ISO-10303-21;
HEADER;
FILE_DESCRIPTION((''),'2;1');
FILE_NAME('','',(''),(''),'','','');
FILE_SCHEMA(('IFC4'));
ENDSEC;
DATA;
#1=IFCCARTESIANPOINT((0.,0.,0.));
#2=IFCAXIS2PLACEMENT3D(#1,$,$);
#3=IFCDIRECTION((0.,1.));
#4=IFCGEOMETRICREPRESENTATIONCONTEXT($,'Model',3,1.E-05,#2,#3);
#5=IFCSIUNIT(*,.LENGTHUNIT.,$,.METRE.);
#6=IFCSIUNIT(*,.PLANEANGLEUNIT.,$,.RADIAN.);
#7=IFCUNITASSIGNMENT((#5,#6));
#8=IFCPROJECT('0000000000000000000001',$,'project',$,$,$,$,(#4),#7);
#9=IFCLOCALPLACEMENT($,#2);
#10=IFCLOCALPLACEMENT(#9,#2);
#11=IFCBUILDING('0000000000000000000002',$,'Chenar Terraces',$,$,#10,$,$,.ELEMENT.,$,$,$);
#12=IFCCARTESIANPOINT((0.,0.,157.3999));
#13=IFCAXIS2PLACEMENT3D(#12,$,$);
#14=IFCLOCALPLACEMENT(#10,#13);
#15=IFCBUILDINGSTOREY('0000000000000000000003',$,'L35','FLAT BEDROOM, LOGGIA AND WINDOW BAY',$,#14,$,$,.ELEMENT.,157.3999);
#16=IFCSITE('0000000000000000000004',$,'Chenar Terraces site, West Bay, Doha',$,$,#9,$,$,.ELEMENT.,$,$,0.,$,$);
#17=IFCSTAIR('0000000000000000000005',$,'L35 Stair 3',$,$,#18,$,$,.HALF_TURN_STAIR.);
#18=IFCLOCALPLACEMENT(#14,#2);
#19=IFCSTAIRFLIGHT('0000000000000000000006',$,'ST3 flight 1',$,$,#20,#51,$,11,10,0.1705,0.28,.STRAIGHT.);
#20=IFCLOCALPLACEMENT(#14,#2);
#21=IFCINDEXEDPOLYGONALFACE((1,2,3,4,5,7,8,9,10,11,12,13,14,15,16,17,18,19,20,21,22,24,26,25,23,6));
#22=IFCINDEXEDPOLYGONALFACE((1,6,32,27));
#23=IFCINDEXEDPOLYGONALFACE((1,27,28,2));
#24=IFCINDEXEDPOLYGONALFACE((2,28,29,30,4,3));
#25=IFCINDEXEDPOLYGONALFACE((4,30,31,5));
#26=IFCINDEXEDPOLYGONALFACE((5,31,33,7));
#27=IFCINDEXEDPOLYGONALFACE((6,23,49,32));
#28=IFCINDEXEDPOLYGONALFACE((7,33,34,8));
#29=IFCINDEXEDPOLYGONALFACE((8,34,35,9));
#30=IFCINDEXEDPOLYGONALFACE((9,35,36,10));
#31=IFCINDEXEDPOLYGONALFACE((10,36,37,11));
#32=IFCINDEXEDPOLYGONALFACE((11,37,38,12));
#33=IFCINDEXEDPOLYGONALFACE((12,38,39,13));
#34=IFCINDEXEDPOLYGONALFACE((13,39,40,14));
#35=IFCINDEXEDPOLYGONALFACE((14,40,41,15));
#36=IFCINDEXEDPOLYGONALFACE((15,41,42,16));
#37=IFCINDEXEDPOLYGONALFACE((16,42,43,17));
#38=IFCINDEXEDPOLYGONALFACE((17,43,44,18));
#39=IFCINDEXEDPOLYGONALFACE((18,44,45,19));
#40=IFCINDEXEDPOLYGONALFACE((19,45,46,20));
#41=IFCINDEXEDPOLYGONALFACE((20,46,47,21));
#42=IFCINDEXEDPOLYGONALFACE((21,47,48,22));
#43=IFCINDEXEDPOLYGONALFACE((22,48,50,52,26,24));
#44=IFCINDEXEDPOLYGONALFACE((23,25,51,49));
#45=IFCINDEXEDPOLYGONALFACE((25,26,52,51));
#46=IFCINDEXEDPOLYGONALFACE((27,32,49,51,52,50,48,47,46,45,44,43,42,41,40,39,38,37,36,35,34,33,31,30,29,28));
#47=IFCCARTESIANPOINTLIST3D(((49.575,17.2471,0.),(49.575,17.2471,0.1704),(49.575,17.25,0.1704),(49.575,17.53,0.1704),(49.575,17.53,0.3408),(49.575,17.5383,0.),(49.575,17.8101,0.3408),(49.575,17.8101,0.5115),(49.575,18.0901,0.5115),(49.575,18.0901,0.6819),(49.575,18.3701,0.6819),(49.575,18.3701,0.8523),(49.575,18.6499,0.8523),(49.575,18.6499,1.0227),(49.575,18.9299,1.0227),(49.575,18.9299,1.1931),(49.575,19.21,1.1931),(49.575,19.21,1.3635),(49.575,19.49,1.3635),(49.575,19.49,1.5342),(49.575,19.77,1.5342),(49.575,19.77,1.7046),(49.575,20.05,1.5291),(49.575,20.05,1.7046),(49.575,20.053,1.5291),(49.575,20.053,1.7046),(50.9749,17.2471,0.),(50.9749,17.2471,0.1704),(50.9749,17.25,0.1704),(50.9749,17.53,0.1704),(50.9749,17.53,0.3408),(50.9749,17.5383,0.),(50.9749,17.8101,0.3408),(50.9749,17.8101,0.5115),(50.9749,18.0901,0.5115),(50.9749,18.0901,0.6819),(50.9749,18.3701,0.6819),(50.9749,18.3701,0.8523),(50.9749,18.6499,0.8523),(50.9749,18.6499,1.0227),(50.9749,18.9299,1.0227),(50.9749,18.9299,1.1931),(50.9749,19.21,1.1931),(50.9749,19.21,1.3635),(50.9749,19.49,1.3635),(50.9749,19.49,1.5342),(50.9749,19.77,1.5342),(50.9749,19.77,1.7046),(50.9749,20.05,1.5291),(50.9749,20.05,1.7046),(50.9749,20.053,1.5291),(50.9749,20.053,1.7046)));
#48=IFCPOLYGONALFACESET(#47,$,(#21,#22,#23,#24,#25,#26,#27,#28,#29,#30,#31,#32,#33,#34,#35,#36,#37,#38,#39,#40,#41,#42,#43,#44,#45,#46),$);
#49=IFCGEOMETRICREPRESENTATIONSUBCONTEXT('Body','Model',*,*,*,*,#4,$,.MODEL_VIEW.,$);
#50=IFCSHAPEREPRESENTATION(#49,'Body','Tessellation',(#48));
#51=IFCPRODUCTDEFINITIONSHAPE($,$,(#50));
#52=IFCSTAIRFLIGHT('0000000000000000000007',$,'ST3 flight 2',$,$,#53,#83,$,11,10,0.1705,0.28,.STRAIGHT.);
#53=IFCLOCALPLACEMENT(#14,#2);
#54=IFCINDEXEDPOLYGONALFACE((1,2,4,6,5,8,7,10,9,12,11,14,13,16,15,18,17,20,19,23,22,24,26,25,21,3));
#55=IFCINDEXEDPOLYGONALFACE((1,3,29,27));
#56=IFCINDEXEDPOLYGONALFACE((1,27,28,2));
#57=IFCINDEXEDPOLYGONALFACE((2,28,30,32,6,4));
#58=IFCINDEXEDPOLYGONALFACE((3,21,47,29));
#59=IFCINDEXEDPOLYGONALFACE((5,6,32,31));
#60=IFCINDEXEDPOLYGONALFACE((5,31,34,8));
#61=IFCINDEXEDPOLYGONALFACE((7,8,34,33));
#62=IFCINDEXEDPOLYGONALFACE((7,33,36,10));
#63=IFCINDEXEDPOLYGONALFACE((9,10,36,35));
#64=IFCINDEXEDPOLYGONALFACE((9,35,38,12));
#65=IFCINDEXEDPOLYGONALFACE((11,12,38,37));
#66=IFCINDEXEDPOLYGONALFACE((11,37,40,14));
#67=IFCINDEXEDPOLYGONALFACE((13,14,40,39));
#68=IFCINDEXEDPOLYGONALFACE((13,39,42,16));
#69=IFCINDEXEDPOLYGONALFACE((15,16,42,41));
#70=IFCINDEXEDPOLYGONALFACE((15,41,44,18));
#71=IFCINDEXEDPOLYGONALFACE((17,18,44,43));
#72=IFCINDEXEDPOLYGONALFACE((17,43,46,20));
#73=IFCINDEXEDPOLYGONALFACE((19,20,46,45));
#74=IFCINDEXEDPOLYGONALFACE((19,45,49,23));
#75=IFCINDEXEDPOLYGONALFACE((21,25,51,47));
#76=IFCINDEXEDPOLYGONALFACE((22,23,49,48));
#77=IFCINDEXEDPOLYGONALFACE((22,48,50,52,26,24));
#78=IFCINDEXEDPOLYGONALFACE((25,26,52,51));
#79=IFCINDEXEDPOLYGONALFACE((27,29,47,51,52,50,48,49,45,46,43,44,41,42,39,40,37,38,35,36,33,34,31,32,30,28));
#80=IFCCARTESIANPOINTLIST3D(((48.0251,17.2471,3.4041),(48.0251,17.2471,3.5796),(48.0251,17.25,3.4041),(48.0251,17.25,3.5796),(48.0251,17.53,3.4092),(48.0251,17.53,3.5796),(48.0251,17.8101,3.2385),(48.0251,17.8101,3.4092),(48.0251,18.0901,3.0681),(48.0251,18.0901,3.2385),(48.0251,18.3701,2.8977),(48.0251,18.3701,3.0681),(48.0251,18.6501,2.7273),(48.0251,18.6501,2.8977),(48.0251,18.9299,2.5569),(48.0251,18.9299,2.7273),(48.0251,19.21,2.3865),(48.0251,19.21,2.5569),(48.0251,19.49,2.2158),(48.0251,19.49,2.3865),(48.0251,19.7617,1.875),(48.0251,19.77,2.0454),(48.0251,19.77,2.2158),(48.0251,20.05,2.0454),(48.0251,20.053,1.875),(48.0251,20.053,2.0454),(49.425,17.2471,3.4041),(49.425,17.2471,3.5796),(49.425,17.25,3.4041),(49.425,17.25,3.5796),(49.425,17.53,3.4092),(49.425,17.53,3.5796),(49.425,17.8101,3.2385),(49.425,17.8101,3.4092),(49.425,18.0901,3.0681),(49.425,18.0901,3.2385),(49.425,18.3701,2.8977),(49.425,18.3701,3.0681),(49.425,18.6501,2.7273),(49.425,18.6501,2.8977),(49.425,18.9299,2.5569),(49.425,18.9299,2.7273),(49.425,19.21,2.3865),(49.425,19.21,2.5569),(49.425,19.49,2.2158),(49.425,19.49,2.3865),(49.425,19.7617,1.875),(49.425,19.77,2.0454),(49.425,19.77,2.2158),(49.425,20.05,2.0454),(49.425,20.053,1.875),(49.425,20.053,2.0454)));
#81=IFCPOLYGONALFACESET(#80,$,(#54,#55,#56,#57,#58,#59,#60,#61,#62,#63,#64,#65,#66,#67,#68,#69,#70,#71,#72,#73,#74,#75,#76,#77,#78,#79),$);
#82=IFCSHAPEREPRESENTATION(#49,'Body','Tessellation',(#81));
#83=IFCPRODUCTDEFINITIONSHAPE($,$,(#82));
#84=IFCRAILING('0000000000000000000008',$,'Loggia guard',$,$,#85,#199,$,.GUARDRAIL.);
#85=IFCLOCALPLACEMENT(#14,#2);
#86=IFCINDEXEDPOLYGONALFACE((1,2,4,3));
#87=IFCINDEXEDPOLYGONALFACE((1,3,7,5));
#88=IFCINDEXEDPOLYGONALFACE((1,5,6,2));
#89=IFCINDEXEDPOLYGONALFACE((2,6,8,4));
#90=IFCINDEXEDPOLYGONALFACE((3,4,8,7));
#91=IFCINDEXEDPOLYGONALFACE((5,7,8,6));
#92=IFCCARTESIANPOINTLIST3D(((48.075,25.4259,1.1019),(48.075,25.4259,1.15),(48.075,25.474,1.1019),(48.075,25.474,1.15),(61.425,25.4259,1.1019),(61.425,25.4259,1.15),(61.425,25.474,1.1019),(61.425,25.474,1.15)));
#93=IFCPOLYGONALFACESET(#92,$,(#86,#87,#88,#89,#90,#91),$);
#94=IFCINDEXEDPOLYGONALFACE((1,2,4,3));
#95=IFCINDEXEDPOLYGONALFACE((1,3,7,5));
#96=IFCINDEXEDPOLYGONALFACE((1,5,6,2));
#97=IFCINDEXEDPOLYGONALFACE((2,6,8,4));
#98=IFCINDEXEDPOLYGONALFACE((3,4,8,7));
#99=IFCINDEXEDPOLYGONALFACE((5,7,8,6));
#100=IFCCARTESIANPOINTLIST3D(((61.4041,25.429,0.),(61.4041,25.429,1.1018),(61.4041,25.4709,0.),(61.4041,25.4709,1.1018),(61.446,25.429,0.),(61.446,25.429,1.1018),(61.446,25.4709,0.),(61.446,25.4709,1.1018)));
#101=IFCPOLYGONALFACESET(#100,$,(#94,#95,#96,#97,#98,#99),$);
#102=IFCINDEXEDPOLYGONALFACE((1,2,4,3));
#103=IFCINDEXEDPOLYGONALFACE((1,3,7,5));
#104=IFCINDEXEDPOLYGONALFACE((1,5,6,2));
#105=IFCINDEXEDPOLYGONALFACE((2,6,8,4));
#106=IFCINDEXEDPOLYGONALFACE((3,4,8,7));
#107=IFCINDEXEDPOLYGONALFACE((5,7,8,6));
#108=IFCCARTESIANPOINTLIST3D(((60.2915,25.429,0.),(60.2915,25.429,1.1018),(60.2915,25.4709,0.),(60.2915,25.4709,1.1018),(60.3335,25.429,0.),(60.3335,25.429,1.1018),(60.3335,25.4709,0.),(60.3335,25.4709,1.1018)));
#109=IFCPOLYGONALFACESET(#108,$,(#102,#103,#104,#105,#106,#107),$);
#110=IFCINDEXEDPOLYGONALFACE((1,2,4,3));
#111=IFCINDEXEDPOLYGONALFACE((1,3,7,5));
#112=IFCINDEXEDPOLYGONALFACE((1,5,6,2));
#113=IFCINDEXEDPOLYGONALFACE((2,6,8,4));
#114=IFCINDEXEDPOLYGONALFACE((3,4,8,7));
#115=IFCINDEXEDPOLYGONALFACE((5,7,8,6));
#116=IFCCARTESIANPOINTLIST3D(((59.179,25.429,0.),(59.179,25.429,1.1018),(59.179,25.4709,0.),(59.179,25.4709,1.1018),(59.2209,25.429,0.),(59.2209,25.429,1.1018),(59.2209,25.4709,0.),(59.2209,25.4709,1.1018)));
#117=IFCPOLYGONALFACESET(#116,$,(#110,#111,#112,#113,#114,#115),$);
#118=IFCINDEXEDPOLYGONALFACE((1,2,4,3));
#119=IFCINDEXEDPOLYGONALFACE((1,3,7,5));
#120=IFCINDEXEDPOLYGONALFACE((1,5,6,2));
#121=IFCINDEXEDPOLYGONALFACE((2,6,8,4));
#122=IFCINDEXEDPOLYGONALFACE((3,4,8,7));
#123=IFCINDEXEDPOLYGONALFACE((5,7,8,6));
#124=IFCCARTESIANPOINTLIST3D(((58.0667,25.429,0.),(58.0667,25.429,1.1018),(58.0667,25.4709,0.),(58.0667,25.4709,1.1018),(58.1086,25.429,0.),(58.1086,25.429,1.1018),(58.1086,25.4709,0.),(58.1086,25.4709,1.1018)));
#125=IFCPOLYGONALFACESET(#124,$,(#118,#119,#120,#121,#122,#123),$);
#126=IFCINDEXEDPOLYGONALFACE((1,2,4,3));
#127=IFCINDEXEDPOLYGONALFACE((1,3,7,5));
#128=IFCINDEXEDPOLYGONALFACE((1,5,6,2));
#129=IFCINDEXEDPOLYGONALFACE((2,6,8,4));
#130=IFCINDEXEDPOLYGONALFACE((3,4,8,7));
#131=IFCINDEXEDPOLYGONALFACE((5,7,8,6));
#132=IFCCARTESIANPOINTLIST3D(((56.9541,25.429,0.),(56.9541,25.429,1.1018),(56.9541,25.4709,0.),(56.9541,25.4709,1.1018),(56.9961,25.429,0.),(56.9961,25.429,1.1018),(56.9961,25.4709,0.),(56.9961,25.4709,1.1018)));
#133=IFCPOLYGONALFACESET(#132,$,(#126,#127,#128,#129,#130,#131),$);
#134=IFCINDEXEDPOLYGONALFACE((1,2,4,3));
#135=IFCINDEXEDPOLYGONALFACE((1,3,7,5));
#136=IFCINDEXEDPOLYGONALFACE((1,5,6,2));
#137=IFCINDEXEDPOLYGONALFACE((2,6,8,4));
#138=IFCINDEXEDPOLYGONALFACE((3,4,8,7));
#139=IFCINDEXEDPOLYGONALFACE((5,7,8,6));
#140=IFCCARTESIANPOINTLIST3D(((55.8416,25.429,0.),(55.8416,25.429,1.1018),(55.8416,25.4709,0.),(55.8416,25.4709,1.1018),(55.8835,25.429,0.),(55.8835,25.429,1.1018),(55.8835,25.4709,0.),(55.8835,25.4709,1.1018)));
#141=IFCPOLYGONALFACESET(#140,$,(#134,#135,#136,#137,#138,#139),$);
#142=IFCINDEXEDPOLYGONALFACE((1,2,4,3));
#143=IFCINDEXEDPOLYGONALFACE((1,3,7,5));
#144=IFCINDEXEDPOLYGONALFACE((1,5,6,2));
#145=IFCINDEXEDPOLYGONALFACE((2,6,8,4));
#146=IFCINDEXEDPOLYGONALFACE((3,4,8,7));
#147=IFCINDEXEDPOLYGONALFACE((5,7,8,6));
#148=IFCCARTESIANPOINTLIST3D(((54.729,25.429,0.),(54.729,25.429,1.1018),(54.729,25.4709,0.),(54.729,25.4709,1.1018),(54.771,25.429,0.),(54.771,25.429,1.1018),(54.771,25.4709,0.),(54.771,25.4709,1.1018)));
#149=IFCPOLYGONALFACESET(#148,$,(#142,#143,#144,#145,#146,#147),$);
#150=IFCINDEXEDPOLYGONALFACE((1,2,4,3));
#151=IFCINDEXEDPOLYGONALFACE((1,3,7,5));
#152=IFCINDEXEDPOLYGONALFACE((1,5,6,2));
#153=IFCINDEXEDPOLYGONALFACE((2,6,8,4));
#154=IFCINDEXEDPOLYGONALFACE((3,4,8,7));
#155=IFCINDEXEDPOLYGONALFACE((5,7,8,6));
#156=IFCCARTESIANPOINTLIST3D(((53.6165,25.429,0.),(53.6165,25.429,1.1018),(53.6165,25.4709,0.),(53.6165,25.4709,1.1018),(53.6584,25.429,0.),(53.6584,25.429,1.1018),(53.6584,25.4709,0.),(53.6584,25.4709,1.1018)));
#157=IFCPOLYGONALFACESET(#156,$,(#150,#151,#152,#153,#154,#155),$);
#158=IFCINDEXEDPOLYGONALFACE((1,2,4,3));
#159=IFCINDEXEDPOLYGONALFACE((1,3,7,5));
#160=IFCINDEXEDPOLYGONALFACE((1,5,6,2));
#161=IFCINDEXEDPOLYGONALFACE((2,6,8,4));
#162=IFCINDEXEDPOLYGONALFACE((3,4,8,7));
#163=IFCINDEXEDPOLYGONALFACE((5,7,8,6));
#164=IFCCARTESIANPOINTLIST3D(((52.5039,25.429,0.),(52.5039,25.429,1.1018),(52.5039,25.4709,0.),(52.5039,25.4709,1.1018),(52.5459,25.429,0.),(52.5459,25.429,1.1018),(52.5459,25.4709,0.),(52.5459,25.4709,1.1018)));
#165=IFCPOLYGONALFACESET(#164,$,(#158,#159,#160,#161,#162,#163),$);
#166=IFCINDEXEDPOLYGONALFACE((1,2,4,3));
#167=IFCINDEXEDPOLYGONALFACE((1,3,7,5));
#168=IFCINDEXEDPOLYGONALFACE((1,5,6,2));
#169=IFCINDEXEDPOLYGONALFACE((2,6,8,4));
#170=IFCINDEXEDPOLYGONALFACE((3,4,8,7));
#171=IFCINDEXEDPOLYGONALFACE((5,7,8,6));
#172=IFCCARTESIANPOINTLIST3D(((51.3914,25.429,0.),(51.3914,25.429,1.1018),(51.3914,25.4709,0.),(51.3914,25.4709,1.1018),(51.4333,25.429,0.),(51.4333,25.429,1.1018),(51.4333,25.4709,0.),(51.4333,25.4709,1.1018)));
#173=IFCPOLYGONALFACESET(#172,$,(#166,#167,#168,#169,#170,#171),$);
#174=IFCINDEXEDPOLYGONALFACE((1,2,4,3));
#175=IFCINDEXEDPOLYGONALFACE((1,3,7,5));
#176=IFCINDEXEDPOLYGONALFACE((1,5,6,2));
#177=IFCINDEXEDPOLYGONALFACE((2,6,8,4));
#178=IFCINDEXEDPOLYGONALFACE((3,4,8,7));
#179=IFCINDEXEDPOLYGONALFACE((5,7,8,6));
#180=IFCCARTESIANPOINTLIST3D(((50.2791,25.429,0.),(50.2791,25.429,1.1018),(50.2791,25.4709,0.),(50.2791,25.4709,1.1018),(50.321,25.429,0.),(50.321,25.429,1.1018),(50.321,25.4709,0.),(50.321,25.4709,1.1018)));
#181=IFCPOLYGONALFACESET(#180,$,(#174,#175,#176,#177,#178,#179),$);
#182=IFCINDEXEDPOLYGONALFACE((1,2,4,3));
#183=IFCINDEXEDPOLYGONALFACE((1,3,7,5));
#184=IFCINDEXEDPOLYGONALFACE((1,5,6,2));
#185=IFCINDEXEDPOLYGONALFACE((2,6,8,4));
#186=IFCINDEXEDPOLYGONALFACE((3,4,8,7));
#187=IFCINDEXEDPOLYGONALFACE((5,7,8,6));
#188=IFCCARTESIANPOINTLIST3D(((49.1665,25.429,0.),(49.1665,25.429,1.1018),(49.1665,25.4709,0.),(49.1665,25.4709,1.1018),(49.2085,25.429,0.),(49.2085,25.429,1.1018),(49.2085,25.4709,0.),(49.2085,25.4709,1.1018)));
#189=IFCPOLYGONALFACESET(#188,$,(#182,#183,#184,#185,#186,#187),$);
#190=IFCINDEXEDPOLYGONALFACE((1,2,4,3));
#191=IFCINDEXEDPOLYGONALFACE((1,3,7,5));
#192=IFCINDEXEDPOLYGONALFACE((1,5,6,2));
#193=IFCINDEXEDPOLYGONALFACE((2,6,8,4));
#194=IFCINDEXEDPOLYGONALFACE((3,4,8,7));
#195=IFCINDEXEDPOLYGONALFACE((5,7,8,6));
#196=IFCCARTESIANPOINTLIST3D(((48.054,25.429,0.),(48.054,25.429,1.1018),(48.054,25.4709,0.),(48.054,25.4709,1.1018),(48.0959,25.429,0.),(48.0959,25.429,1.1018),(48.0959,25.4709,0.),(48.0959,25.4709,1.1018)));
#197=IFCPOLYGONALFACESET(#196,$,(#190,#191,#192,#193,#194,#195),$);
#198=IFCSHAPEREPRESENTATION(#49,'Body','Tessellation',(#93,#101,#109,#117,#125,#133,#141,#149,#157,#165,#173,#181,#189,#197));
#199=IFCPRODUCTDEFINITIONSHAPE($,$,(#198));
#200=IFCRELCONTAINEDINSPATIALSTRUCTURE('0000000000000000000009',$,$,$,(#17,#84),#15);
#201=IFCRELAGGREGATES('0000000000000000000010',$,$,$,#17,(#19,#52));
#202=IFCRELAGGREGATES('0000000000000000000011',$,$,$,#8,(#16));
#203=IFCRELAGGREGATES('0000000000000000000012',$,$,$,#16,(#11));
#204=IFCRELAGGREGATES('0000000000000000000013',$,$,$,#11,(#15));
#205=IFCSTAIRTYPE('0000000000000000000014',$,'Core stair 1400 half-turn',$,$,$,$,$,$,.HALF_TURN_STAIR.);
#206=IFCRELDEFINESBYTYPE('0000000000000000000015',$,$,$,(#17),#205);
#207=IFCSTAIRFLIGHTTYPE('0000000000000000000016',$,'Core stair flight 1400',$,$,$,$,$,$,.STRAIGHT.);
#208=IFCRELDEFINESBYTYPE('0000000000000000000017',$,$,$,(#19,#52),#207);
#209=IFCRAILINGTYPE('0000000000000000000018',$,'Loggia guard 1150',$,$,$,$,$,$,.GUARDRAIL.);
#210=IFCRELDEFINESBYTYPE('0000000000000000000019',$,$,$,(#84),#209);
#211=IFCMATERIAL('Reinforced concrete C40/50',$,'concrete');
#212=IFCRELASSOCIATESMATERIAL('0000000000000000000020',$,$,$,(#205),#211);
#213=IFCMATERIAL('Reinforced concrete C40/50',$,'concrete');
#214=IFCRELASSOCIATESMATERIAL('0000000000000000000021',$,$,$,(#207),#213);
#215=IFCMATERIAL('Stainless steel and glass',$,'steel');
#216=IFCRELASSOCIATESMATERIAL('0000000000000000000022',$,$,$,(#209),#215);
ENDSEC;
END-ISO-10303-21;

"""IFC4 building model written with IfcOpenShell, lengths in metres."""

from ifc_helpers import new_model, si_unit, direction, frame, origin, origin_2d, place, context, subcontext, project, spatial, polyline, rectangle, outline, extrude, material, type_object, element, aggregate, save


model = new_model("IFC4")

# Units and contexts
model_context = context("Model", 3, precision=1e-05, world=origin(), true_north=direction((0.0, 1.0)))
body_context = subcontext(model_context, "Body", "Model", "MODEL_VIEW")
ifc_project = project(units=[si_unit("LENGTHUNIT", "METRE"), si_unit("PLANEANGLEUNIT", "RADIAN")], contexts=[model_context])

# Site, building, storey
site_placement = place(None, origin())
site = spatial("IfcSite", under=ifc_project, at=site_placement, Name="Chenar Terraces site, West Bay, Doha", CompositionType="ELEMENT", RefElevation=0.0)
building_placement = place(site_placement, origin())
building = spatial("IfcBuilding", under=site, at=building_placement, Name="Chenar Terraces", CompositionType="ELEMENT")
storey_placement = place(building_placement, frame((0.0, 0.0, 157.3999)))
storey = spatial("IfcBuildingStorey", under=building, at=storey_placement, Name="L35", Description="FLAT BEDROOM, LOGGIA AND WINDOW BAY", CompositionType="ELEMENT", Elevation=157.3999)

# Stair, stair flights
ifc_material_1 = material(Name="Reinforced concrete C40/50", Category="concrete")
stair_type = type_object("IfcStairType", Name="Core stair 1400 half-turn", PredefinedType="HALF_TURN_STAIR", material=ifc_material_1)
stair_placement = place(storey_placement, origin())
stair = element("IfcStair", 1, at=stair_placement, inside=storey, type_object=stair_type, Name="L35 Stair 3", PredefinedType="HALF_TURN_STAIR")
ifc_material_2 = material(Name="Reinforced concrete C40/50", Category="concrete")
stair_flight_type = type_object("IfcStairFlightType", Name="Core stair flight 1400", PredefinedType="STRAIGHT", material=ifc_material_2)
stair_flight_1_placement = place(storey_placement, frame((50.2749, 17.25, 0.0), z_axis=(0.0, 0.0, 1.0), x_axis=(0.0, 1.0, 0.0)))
stair_flight_1 = element("IfcStairFlight", 2, at=stair_flight_1_placement, type_object=stair_flight_type, Name="ST3 flight 1", NumberOfRisers=11, NumberOfTreads=10, PredefinedType="STRAIGHT", RiserHeight=0.1705, TreadLength=0.28, context=body_context, shape_type="SweptSolid", body=[
    extrude(outline(polyline([(-0.0029, 0.0), (-0.0029, 0.1704), (0.0, 0.1704), (0.28, 0.1704), (0.28, 0.3408), (0.5601, 0.3408), (0.5601, 0.5115), (0.8401, 0.5115), (0.8401, 0.6819), (1.1201, 0.6819), (1.1201, 0.8523), (1.3999, 0.8523), (1.3999, 1.0227), (1.6799, 1.0227), (1.6799, 1.1931), (1.96, 1.1931), (1.96, 1.3635), (2.24, 1.3635), (2.24, 1.5342), (2.52, 1.5342), (2.52, 1.7046), (2.8, 1.7046), (2.803, 1.7046), (2.803, 1.5291), (2.8, 1.5291), (0.2883, 0.0), (-0.0029, 0.0)])), frame((0.0, 0.7, 0.0), z_axis=(0.0, -1.0, 0.0), x_axis=(1.0, 0.0, 0.0)), (0.0, 0.0, 1.0), 1.3999),
])
stair_flight_2_placement = place(storey_placement, frame((48.7251, 20.05, 1.875), z_axis=(0.0, 0.0, 1.0), x_axis=(0.0, -1.0, 0.0)))
stair_flight_2 = element("IfcStairFlight", 3, at=stair_flight_2_placement, type_object=stair_flight_type, Name="ST3 flight 2", NumberOfRisers=11, NumberOfTreads=10, PredefinedType="STRAIGHT", RiserHeight=0.1705, TreadLength=0.28, context=body_context, shape_type="SweptSolid", body=[
    extrude(outline(polyline([(-0.0029, 0.0), (-0.0029, 0.1704), (0.0, 0.1704), (0.28, 0.1704), (0.28, 0.3408), (0.5601, 0.3408), (0.5601, 0.5115), (0.8401, 0.5115), (0.8401, 0.6819), (1.1201, 0.6819), (1.1201, 0.8523), (1.3999, 0.8523), (1.3999, 1.0227), (1.6799, 1.0227), (1.6799, 1.1931), (1.96, 1.1931), (1.96, 1.3635), (2.24, 1.3635), (2.24, 1.5342), (2.52, 1.5342), (2.52, 1.7046), (2.8, 1.7046), (2.803, 1.7046), (2.803, 1.5291), (2.8, 1.5291), (0.2883, 0.0), (-0.0029, 0.0)])), frame((0.0, 0.7, 0.0), z_axis=(0.0, -1.0, 0.0), x_axis=(1.0, 0.0, 0.0)), (0.0, 0.0, 1.0), 1.3999),
])
aggregate(stair, [stair_flight_1, stair_flight_2])

# Railing
ifc_material_3 = material(Name="Stainless steel and glass", Category="steel")
railing_type_1 = type_object("IfcRailingType", Name="Loggia guard 1150", PredefinedType="GUARDRAIL", material=ifc_material_3)
railing_1_placement = place(storey_placement, frame((61.425, 25.45, 0.0)))
element("IfcRailing", 4, at=railing_1_placement, inside=storey, type_object=railing_type_1, Name="Loggia guard", PredefinedType="GUARDRAIL", context=body_context, shape_type="SweptSolid", body=[
    extrude(rectangle(XDim=0.0481, YDim=0.0481, at=origin_2d()), frame((0.0, 0.0, 1.126), z_axis=(-1.0, 0.0, 0.0), x_axis=(0.0, -1.0, 0.0)), (0.0, 0.0, 1.0), 13.3501),
    extrude(rectangle(XDim=0.042, YDim=0.042, at=origin_2d()), origin(), (0.0, 0.0, 1.0), 1.1018),
    extrude(rectangle(XDim=0.042, YDim=0.042, at=origin_2d()), frame((-1.1125, 0.0, 0.0)), (0.0, 0.0, 1.0), 1.1018),
    extrude(rectangle(XDim=0.042, YDim=0.042, at=origin_2d()), frame((-2.2251, 0.0, 0.0)), (0.0, 0.0, 1.0), 1.1018),
    extrude(rectangle(XDim=0.042, YDim=0.042, at=origin_2d()), frame((-3.3374, 0.0, 0.0)), (0.0, 0.0, 1.0), 1.1018),
    extrude(rectangle(XDim=0.042, YDim=0.042, at=origin_2d()), frame((-4.45, 0.0, 0.0)), (0.0, 0.0, 1.0), 1.1018),
    extrude(rectangle(XDim=0.042, YDim=0.042, at=origin_2d()), frame((-5.5625, 0.0, 0.0)), (0.0, 0.0, 1.0), 1.1018),
    extrude(rectangle(XDim=0.042, YDim=0.042, at=origin_2d()), frame((-6.675, 0.0, 0.0)), (0.0, 0.0, 1.0), 1.1018),
    extrude(rectangle(XDim=0.042, YDim=0.042, at=origin_2d()), frame((-7.7876, 0.0, 0.0)), (0.0, 0.0, 1.0), 1.1018),
    extrude(rectangle(XDim=0.042, YDim=0.042, at=origin_2d()), frame((-8.9001, 0.0, 0.0)), (0.0, 0.0, 1.0), 1.1018),
    extrude(rectangle(XDim=0.042, YDim=0.042, at=origin_2d()), frame((-10.0127, 0.0, 0.0)), (0.0, 0.0, 1.0), 1.1018),
    extrude(rectangle(XDim=0.042, YDim=0.042, at=origin_2d()), frame((-11.125, 0.0, 0.0)), (0.0, 0.0, 1.0), 1.1018),
    extrude(rectangle(XDim=0.042, YDim=0.042, at=origin_2d()), frame((-12.2375, 0.0, 0.0)), (0.0, 0.0, 1.0), 1.1018),
    extrude(rectangle(XDim=0.042, YDim=0.042, at=origin_2d()), frame((-13.3501, 0.0, 0.0)), (0.0, 0.0, 1.0), 1.1018),
])

save(model, "model.ifc")
